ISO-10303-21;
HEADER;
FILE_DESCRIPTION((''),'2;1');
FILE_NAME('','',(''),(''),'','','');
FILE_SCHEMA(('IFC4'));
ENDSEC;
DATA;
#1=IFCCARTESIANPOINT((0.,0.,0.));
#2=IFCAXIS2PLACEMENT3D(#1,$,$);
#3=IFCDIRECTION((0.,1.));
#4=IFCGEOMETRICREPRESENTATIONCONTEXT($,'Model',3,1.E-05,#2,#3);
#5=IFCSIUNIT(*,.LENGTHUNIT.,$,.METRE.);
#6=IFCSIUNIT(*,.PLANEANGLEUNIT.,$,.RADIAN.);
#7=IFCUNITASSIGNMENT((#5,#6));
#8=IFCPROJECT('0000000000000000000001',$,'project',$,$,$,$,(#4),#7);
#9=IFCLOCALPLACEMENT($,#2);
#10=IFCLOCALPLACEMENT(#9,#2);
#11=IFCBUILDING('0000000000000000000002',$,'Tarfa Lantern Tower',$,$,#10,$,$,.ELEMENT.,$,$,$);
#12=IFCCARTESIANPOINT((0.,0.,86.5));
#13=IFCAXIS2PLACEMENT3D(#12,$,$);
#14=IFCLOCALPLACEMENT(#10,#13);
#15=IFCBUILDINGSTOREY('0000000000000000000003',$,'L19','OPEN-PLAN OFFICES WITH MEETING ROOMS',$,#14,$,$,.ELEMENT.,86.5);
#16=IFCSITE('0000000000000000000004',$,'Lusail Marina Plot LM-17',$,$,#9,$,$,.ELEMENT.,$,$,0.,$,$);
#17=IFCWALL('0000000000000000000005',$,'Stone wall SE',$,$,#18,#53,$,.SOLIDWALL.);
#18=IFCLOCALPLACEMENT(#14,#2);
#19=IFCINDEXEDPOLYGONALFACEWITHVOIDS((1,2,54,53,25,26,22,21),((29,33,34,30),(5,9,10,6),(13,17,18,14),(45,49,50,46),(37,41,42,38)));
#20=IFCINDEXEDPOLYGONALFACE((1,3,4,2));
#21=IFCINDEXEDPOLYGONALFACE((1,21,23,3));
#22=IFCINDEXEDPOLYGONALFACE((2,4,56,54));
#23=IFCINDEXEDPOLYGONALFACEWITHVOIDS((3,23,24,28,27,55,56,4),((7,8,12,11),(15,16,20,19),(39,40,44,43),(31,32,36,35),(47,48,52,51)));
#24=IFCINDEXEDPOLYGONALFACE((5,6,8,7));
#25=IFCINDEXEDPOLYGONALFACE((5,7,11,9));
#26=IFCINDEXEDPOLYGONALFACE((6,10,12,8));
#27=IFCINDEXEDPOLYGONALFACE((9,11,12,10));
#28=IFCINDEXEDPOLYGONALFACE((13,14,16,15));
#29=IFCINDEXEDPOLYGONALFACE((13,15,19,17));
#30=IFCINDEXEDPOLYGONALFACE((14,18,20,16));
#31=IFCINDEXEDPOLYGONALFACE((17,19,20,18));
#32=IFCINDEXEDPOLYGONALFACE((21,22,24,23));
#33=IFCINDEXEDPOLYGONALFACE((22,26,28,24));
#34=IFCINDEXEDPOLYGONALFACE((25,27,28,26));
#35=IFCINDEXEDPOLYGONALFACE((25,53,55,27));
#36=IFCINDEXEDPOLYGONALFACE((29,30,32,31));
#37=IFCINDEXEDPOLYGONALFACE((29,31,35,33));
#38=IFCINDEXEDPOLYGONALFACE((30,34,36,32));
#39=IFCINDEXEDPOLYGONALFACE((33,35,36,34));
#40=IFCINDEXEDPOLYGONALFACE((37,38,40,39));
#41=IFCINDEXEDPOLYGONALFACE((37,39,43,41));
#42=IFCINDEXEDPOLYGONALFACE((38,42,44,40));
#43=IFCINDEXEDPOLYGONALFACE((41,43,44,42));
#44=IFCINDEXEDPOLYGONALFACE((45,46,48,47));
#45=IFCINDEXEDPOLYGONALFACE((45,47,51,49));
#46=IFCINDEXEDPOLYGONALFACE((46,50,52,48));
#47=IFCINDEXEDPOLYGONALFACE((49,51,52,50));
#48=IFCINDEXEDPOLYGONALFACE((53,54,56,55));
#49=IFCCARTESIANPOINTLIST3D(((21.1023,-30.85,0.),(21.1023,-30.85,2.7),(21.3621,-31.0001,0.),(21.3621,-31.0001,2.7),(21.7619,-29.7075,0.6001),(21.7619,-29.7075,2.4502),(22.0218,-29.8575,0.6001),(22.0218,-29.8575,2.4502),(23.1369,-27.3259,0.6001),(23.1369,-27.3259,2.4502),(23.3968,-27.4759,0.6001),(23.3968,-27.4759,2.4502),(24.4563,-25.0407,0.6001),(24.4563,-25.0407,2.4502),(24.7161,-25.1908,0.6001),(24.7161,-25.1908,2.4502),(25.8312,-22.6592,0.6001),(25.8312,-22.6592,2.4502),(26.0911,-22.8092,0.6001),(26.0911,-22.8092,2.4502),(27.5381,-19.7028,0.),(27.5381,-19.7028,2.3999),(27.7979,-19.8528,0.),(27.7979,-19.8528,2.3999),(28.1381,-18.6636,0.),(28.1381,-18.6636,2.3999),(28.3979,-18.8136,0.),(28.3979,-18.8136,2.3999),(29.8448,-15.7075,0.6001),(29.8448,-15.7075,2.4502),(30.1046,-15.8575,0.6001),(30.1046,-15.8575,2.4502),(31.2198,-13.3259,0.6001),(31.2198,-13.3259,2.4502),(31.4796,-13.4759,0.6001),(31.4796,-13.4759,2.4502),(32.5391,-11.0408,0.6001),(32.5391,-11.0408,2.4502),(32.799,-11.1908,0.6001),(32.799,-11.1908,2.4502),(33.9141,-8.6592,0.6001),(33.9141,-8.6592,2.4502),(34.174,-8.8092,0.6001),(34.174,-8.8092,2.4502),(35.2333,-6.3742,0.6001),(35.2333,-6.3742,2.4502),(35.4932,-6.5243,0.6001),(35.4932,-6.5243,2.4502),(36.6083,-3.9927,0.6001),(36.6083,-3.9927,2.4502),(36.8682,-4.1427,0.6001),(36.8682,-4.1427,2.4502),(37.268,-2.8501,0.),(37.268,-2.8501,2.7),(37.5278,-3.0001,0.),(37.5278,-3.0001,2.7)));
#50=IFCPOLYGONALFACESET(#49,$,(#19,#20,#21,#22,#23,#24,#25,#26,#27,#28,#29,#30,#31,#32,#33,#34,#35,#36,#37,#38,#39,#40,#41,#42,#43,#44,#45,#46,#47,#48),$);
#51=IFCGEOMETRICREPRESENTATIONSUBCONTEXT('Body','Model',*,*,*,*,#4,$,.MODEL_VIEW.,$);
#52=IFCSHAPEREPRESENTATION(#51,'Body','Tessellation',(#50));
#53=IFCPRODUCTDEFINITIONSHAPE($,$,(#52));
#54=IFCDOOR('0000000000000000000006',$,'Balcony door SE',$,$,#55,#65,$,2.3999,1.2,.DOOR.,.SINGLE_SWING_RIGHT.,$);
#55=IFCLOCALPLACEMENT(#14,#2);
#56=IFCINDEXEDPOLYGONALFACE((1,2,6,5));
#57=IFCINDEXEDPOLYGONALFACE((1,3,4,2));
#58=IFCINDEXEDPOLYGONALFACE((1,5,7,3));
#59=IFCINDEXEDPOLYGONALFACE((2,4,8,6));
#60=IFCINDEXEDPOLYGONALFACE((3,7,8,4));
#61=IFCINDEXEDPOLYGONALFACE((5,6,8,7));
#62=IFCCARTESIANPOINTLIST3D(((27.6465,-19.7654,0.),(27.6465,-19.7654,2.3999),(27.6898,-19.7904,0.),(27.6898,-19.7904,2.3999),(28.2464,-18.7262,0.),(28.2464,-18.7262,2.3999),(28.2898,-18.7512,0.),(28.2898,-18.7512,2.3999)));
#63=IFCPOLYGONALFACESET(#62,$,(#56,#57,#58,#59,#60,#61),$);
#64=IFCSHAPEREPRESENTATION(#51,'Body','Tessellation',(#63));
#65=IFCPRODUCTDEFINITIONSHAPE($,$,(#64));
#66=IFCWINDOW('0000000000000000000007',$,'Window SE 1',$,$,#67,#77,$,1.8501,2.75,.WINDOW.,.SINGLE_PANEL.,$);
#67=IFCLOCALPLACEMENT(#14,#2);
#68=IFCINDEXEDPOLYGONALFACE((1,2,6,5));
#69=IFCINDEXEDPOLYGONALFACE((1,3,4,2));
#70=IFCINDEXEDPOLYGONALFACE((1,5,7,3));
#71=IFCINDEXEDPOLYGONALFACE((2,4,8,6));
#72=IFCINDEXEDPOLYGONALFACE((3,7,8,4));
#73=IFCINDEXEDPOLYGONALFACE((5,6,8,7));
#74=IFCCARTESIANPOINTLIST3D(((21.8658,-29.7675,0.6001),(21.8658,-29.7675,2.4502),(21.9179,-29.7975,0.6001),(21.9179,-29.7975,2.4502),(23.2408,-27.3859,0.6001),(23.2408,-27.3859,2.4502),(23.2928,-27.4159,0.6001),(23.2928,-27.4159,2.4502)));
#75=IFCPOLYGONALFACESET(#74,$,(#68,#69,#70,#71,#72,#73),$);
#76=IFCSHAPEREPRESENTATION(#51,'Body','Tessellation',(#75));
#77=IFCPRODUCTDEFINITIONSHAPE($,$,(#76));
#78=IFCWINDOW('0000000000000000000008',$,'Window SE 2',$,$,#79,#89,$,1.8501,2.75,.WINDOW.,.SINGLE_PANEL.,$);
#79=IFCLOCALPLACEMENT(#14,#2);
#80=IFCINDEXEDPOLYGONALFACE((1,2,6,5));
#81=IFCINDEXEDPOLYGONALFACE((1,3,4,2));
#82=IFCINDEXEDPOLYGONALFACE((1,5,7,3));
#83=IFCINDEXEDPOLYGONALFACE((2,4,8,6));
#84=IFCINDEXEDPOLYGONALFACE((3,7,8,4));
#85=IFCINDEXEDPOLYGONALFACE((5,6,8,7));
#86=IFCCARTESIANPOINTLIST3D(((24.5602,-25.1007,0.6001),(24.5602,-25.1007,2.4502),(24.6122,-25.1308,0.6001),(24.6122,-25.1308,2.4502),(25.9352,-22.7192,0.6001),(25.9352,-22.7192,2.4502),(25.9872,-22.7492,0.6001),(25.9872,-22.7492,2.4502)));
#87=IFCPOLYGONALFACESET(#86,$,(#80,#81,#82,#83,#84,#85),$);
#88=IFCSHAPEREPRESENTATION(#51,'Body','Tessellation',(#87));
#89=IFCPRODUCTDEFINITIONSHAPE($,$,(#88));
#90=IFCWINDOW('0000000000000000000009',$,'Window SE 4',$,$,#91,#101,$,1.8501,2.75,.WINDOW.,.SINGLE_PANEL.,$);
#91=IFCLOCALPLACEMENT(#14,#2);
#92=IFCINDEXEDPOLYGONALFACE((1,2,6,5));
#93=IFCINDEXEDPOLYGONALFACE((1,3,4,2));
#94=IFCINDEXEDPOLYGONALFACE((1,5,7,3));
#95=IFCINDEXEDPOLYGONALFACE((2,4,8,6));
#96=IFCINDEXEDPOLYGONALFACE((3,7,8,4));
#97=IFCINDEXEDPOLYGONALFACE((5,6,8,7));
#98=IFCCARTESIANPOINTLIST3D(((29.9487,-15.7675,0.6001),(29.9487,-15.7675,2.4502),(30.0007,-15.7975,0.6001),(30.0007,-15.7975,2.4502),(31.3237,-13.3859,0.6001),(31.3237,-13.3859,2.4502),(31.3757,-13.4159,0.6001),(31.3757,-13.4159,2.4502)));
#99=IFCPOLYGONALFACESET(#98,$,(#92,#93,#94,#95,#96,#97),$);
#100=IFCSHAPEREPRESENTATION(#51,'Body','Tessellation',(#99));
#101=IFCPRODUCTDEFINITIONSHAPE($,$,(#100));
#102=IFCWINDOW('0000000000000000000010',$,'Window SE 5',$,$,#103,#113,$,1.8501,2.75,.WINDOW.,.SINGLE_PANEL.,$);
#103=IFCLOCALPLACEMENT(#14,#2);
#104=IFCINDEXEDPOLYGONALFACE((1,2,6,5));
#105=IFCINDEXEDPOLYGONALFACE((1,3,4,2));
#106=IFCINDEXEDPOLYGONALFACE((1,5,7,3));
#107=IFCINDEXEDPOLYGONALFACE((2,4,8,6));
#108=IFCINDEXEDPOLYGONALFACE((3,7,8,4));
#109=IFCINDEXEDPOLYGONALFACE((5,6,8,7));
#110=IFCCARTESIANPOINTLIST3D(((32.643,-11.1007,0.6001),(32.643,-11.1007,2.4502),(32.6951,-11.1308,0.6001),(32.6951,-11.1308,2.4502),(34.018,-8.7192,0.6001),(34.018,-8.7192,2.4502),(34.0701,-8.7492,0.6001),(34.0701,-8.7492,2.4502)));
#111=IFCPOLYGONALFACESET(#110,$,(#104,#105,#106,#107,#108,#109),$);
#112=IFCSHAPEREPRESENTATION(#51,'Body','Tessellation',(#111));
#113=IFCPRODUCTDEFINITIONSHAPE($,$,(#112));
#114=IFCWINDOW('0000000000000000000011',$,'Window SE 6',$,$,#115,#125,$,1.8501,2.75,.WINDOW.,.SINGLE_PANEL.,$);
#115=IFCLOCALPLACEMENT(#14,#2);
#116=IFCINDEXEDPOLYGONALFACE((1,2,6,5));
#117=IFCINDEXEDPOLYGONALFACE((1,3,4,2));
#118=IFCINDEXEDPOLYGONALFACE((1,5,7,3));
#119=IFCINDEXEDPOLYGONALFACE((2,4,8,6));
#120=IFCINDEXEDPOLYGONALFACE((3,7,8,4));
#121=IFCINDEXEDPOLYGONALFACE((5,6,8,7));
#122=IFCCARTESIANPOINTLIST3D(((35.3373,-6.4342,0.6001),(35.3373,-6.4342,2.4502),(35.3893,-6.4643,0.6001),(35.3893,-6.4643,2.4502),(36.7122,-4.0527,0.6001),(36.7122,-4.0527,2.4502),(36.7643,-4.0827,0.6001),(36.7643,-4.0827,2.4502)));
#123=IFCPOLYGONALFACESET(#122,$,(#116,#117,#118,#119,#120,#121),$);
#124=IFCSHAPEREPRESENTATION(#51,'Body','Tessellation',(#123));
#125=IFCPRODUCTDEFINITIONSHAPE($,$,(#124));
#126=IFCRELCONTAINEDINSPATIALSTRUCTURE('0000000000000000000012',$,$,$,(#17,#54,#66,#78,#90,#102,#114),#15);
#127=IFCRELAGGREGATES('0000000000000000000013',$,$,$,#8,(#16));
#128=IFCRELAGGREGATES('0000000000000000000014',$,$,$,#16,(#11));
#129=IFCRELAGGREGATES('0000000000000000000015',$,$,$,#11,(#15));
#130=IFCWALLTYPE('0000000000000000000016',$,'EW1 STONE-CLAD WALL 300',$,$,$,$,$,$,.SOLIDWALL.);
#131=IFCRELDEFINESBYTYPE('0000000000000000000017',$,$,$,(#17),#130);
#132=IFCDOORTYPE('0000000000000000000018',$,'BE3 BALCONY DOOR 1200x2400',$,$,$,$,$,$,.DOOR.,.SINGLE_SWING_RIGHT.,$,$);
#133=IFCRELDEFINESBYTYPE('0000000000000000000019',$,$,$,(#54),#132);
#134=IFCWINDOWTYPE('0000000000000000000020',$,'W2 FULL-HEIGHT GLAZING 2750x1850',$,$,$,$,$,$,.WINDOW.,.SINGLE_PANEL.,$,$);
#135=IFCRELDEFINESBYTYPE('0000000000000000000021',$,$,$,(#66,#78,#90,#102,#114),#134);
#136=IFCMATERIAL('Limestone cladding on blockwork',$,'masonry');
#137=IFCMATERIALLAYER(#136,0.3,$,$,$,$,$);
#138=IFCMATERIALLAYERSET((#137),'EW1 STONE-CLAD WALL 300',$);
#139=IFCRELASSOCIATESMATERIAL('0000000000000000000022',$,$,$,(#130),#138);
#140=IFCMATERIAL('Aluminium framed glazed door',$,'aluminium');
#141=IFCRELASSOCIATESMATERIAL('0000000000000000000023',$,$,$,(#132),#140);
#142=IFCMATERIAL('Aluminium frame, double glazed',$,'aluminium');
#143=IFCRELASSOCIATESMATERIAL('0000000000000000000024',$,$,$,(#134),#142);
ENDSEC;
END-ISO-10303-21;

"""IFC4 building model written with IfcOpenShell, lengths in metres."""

from ifc_helpers import new_model, si_unit, direction, frame, frame_2d, origin, place, context, subcontext, project, spatial, rectangle, extrude, material, layer, layer_set, type_object, element, fill, save


model = new_model("IFC4")

# Units and contexts
model_context = context("Model", 3, precision=1e-05, world=origin(), true_north=direction((0.0, 1.0)))
body_context = subcontext(model_context, "Body", "Model", "MODEL_VIEW")
ifc_project = project(units=[si_unit("LENGTHUNIT", "METRE"), si_unit("PLANEANGLEUNIT", "RADIAN")], contexts=[model_context])

# Site, building, storey
site_placement = place(None, origin())
site = spatial("IfcSite", under=ifc_project, at=site_placement, Name="Lusail Marina Plot LM-17", CompositionType="ELEMENT", RefElevation=0.0)
building_placement = place(site_placement, origin())
building = spatial("IfcBuilding", under=site, at=building_placement, Name="Tarfa Lantern Tower", CompositionType="ELEMENT")
storey_placement = place(building_placement, frame((0.0, 0.0, 86.5)))
storey = spatial("IfcBuildingStorey", under=building, at=storey_placement, Name="L19", Description="OPEN-PLAN OFFICES WITH MEETING ROOMS", CompositionType="ELEMENT", Elevation=86.5)

# Wall, openings, door, windows
ifc_material_1 = material(Name="Limestone cladding on blockwork", Category="masonry")
ifc_layer = layer(ifc_material_1, 0.3)
ifc_layer_set = layer_set([ifc_layer], Name="EW1 STONE-CLAD WALL 300")
wall_type = type_object("IfcWallType", Name="EW1 STONE-CLAD WALL 300", PredefinedType="SOLIDWALL", material=ifc_layer_set)
wall_placement = place(storey_placement, frame((21.2322, -30.925, 0.0), z_axis=(0.0, 0.0, 1.0), x_axis=(0.499999, 0.866026, 0.0)))
wall = element("IfcWall", 1, at=wall_placement, inside=storey, type_object=wall_type, Name="Stone wall SE", PredefinedType="SOLIDWALL", context=body_context, shape_type="SweptSolid", body=[
    extrude(rectangle(XDim=32.3315, YDim=0.3, at=frame_2d((16.1658, 0.0))), origin(), (0.0, 0.0, 1.0), 2.7),
])
opening_1_placement = place(wall_placement, frame((1.3193, 0.0, 0.6001)))
opening_1 = element("IfcOpeningElement", 2, at=opening_1_placement, cuts=wall, PredefinedType="OPENING", context=body_context, shape_type="SweptSolid", body=[
    extrude(rectangle(XDim=2.75, YDim=1.8501, at=frame_2d((1.375, 0.925))), frame((0.0, 0.1599, 0.0), z_axis=(0.0, -1.0, 0.0), x_axis=(1.0, 0.0, 0.0)), (0.0, 0.0, 1.0), 0.3201),
])
opening_2_placement = place(wall_placement, frame((6.708, 0.0, 0.6001)))
opening_2 = element("IfcOpeningElement", 3, at=opening_2_placement, cuts=wall, PredefinedType="OPENING", context=body_context, shape_type="SweptSolid", body=[
    extrude(rectangle(XDim=2.75, YDim=1.8501, at=frame_2d((1.375, 0.925))), frame((0.0, 0.1599, 0.0), z_axis=(0.0, -1.0, 0.0), x_axis=(1.0, 0.0, 0.0)), (0.0, 0.0, 1.0), 0.3201),
])
opening_3_placement = place(wall_placement, frame((12.8716, 0.0, 0.0)))
opening_3 = element("IfcOpeningElement", 4, at=opening_3_placement, cuts=wall, PredefinedType="OPENING", context=body_context, shape_type="SweptSolid", body=[
    extrude(rectangle(XDim=1.2, YDim=2.3999, at=frame_2d((0.6001, 1.2))), frame((0.0, 0.1599, 0.0), z_axis=(0.0, -1.0, 0.0), x_axis=(1.0, 0.0, 0.0)), (0.0, 0.0, 1.0), 0.3201),
])
opening_4_placement = place(wall_placement, frame((17.4851, 0.0, 0.6001)))
opening_4 = element("IfcOpeningElement", 5, at=opening_4_placement, cuts=wall, PredefinedType="OPENING", context=body_context, shape_type="SweptSolid", body=[
    extrude(rectangle(XDim=2.75, YDim=1.8501, at=frame_2d((1.375, 0.925))), frame((0.0, 0.1599, 0.0), z_axis=(0.0, -1.0, 0.0), x_axis=(1.0, 0.0, 0.0)), (0.0, 0.0, 1.0), 0.3201),
])
opening_5_placement = place(wall_placement, frame((22.8738, 0.0, 0.6001)))
opening_5 = element("IfcOpeningElement", 6, at=opening_5_placement, cuts=wall, PredefinedType="OPENING", context=body_context, shape_type="SweptSolid", body=[
    extrude(rectangle(XDim=2.75, YDim=1.8501, at=frame_2d((1.375, 0.925))), frame((0.0, 0.1599, 0.0), z_axis=(0.0, -1.0, 0.0), x_axis=(1.0, 0.0, 0.0)), (0.0, 0.0, 1.0), 0.3201),
])
opening_6_placement = place(wall_placement, frame((28.2622, 0.0, 0.6001)))
opening_6 = element("IfcOpeningElement", 7, at=opening_6_placement, cuts=wall, PredefinedType="OPENING", context=body_context, shape_type="SweptSolid", body=[
    extrude(rectangle(XDim=2.75, YDim=1.8501, at=frame_2d((1.375, 0.925))), frame((0.0, 0.1599, 0.0), z_axis=(0.0, -1.0, 0.0), x_axis=(1.0, 0.0, 0.0)), (0.0, 0.0, 1.0), 0.3201),
])
ifc_material_2 = material(Name="Aluminium framed glazed door", Category="aluminium")
door_type = type_object("IfcDoorType", Name="BE3 BALCONY DOOR 1200x2400", OperationType="SINGLE_SWING_RIGHT", PredefinedType="DOOR", material=ifc_material_2)
door_placement = place(opening_3_placement, origin())
door = element("IfcDoor", 8, at=door_placement, inside=storey, type_object=door_type, Name="Balcony door SE", OperationType="SINGLE_SWING_RIGHT", OverallHeight=2.3999, OverallWidth=1.2, PredefinedType="DOOR", context=body_context, shape_type="SweptSolid", body=[
    extrude(rectangle(XDim=1.2, YDim=2.3999, at=frame_2d((0.6001, 1.2))), frame((0.0, 0.0249, 0.0), z_axis=(0.0, -1.0, 0.0), x_axis=(1.0, 0.0, 0.0)), (0.0, 0.0, 1.0), 0.05),
])
fill(opening_3, door)
ifc_material_3 = material(Name="Aluminium frame, double glazed", Category="aluminium")
window_type = type_object("IfcWindowType", Name="W2 FULL-HEIGHT GLAZING 2750x1850", PartitioningType="SINGLE_PANEL", PredefinedType="WINDOW", material=ifc_material_3)
window_1_placement = place(opening_1_placement, origin())
window_1 = element("IfcWindow", 9, at=window_1_placement, inside=storey, type_object=window_type, Name="Window SE 1", OverallHeight=1.8501, OverallWidth=2.75, PartitioningType="SINGLE_PANEL", PredefinedType="WINDOW", context=body_context, shape_type="SweptSolid", body=[
    extrude(rectangle(XDim=2.75, YDim=1.8501, at=frame_2d((1.375, 0.925))), frame((0.0, 0.03, 0.0), z_axis=(0.0, -1.0, 0.0), x_axis=(1.0, 0.0, 0.0)), (0.0, 0.0, 1.0), 0.0601),
])
fill(opening_1, window_1)
window_2_placement = place(opening_2_placement, origin())
window_2 = element("IfcWindow", 10, at=window_2_placement, inside=storey, type_object=window_type, Name="Window SE 2", OverallHeight=1.8501, OverallWidth=2.75, PartitioningType="SINGLE_PANEL", PredefinedType="WINDOW", context=body_context, shape_type="SweptSolid", body=[
    extrude(rectangle(XDim=2.75, YDim=1.8501, at=frame_2d((1.375, 0.925))), frame((0.0, 0.03, 0.0), z_axis=(0.0, -1.0, 0.0), x_axis=(1.0, 0.0, 0.0)), (0.0, 0.0, 1.0), 0.0601),
])
fill(opening_2, window_2)
window_3_placement = place(opening_4_placement, origin())
window_3 = element("IfcWindow", 11, at=window_3_placement, inside=storey, type_object=window_type, Name="Window SE 4", OverallHeight=1.8501, OverallWidth=2.75, PartitioningType="SINGLE_PANEL", PredefinedType="WINDOW", context=body_context, shape_type="SweptSolid", body=[
    extrude(rectangle(XDim=2.75, YDim=1.8501, at=frame_2d((1.375, 0.925))), frame((0.0, 0.03, 0.0), z_axis=(0.0, -1.0, 0.0), x_axis=(1.0, 0.0, 0.0)), (0.0, 0.0, 1.0), 0.0601),
])
fill(opening_4, window_3)
window_4_placement = place(opening_5_placement, origin())
window_4 = element("IfcWindow", 12, at=window_4_placement, inside=storey, type_object=window_type, Name="Window SE 5", OverallHeight=1.8501, OverallWidth=2.75, PartitioningType="SINGLE_PANEL", PredefinedType="WINDOW", context=body_context, shape_type="SweptSolid", body=[
    extrude(rectangle(XDim=2.75, YDim=1.8501, at=frame_2d((1.375, 0.925))), frame((0.0, 0.03, 0.0), z_axis=(0.0, -1.0, 0.0), x_axis=(1.0, 0.0, 0.0)), (0.0, 0.0, 1.0), 0.0601),
])
fill(opening_5, window_4)
window_5_placement = place(opening_6_placement, origin())
window_5 = element("IfcWindow", 13, at=window_5_placement, inside=storey, type_object=window_type, Name="Window SE 6", OverallHeight=1.8501, OverallWidth=2.75, PartitioningType="SINGLE_PANEL", PredefinedType="WINDOW", context=body_context, shape_type="SweptSolid", body=[
    extrude(rectangle(XDim=2.75, YDim=1.8501, at=frame_2d((1.375, 0.925))), frame((0.0, 0.03, 0.0), z_axis=(0.0, -1.0, 0.0), x_axis=(1.0, 0.0, 0.0)), (0.0, 0.0, 1.0), 0.0601),
])
fill(opening_6, window_5)

save(model, "model.ifc")
